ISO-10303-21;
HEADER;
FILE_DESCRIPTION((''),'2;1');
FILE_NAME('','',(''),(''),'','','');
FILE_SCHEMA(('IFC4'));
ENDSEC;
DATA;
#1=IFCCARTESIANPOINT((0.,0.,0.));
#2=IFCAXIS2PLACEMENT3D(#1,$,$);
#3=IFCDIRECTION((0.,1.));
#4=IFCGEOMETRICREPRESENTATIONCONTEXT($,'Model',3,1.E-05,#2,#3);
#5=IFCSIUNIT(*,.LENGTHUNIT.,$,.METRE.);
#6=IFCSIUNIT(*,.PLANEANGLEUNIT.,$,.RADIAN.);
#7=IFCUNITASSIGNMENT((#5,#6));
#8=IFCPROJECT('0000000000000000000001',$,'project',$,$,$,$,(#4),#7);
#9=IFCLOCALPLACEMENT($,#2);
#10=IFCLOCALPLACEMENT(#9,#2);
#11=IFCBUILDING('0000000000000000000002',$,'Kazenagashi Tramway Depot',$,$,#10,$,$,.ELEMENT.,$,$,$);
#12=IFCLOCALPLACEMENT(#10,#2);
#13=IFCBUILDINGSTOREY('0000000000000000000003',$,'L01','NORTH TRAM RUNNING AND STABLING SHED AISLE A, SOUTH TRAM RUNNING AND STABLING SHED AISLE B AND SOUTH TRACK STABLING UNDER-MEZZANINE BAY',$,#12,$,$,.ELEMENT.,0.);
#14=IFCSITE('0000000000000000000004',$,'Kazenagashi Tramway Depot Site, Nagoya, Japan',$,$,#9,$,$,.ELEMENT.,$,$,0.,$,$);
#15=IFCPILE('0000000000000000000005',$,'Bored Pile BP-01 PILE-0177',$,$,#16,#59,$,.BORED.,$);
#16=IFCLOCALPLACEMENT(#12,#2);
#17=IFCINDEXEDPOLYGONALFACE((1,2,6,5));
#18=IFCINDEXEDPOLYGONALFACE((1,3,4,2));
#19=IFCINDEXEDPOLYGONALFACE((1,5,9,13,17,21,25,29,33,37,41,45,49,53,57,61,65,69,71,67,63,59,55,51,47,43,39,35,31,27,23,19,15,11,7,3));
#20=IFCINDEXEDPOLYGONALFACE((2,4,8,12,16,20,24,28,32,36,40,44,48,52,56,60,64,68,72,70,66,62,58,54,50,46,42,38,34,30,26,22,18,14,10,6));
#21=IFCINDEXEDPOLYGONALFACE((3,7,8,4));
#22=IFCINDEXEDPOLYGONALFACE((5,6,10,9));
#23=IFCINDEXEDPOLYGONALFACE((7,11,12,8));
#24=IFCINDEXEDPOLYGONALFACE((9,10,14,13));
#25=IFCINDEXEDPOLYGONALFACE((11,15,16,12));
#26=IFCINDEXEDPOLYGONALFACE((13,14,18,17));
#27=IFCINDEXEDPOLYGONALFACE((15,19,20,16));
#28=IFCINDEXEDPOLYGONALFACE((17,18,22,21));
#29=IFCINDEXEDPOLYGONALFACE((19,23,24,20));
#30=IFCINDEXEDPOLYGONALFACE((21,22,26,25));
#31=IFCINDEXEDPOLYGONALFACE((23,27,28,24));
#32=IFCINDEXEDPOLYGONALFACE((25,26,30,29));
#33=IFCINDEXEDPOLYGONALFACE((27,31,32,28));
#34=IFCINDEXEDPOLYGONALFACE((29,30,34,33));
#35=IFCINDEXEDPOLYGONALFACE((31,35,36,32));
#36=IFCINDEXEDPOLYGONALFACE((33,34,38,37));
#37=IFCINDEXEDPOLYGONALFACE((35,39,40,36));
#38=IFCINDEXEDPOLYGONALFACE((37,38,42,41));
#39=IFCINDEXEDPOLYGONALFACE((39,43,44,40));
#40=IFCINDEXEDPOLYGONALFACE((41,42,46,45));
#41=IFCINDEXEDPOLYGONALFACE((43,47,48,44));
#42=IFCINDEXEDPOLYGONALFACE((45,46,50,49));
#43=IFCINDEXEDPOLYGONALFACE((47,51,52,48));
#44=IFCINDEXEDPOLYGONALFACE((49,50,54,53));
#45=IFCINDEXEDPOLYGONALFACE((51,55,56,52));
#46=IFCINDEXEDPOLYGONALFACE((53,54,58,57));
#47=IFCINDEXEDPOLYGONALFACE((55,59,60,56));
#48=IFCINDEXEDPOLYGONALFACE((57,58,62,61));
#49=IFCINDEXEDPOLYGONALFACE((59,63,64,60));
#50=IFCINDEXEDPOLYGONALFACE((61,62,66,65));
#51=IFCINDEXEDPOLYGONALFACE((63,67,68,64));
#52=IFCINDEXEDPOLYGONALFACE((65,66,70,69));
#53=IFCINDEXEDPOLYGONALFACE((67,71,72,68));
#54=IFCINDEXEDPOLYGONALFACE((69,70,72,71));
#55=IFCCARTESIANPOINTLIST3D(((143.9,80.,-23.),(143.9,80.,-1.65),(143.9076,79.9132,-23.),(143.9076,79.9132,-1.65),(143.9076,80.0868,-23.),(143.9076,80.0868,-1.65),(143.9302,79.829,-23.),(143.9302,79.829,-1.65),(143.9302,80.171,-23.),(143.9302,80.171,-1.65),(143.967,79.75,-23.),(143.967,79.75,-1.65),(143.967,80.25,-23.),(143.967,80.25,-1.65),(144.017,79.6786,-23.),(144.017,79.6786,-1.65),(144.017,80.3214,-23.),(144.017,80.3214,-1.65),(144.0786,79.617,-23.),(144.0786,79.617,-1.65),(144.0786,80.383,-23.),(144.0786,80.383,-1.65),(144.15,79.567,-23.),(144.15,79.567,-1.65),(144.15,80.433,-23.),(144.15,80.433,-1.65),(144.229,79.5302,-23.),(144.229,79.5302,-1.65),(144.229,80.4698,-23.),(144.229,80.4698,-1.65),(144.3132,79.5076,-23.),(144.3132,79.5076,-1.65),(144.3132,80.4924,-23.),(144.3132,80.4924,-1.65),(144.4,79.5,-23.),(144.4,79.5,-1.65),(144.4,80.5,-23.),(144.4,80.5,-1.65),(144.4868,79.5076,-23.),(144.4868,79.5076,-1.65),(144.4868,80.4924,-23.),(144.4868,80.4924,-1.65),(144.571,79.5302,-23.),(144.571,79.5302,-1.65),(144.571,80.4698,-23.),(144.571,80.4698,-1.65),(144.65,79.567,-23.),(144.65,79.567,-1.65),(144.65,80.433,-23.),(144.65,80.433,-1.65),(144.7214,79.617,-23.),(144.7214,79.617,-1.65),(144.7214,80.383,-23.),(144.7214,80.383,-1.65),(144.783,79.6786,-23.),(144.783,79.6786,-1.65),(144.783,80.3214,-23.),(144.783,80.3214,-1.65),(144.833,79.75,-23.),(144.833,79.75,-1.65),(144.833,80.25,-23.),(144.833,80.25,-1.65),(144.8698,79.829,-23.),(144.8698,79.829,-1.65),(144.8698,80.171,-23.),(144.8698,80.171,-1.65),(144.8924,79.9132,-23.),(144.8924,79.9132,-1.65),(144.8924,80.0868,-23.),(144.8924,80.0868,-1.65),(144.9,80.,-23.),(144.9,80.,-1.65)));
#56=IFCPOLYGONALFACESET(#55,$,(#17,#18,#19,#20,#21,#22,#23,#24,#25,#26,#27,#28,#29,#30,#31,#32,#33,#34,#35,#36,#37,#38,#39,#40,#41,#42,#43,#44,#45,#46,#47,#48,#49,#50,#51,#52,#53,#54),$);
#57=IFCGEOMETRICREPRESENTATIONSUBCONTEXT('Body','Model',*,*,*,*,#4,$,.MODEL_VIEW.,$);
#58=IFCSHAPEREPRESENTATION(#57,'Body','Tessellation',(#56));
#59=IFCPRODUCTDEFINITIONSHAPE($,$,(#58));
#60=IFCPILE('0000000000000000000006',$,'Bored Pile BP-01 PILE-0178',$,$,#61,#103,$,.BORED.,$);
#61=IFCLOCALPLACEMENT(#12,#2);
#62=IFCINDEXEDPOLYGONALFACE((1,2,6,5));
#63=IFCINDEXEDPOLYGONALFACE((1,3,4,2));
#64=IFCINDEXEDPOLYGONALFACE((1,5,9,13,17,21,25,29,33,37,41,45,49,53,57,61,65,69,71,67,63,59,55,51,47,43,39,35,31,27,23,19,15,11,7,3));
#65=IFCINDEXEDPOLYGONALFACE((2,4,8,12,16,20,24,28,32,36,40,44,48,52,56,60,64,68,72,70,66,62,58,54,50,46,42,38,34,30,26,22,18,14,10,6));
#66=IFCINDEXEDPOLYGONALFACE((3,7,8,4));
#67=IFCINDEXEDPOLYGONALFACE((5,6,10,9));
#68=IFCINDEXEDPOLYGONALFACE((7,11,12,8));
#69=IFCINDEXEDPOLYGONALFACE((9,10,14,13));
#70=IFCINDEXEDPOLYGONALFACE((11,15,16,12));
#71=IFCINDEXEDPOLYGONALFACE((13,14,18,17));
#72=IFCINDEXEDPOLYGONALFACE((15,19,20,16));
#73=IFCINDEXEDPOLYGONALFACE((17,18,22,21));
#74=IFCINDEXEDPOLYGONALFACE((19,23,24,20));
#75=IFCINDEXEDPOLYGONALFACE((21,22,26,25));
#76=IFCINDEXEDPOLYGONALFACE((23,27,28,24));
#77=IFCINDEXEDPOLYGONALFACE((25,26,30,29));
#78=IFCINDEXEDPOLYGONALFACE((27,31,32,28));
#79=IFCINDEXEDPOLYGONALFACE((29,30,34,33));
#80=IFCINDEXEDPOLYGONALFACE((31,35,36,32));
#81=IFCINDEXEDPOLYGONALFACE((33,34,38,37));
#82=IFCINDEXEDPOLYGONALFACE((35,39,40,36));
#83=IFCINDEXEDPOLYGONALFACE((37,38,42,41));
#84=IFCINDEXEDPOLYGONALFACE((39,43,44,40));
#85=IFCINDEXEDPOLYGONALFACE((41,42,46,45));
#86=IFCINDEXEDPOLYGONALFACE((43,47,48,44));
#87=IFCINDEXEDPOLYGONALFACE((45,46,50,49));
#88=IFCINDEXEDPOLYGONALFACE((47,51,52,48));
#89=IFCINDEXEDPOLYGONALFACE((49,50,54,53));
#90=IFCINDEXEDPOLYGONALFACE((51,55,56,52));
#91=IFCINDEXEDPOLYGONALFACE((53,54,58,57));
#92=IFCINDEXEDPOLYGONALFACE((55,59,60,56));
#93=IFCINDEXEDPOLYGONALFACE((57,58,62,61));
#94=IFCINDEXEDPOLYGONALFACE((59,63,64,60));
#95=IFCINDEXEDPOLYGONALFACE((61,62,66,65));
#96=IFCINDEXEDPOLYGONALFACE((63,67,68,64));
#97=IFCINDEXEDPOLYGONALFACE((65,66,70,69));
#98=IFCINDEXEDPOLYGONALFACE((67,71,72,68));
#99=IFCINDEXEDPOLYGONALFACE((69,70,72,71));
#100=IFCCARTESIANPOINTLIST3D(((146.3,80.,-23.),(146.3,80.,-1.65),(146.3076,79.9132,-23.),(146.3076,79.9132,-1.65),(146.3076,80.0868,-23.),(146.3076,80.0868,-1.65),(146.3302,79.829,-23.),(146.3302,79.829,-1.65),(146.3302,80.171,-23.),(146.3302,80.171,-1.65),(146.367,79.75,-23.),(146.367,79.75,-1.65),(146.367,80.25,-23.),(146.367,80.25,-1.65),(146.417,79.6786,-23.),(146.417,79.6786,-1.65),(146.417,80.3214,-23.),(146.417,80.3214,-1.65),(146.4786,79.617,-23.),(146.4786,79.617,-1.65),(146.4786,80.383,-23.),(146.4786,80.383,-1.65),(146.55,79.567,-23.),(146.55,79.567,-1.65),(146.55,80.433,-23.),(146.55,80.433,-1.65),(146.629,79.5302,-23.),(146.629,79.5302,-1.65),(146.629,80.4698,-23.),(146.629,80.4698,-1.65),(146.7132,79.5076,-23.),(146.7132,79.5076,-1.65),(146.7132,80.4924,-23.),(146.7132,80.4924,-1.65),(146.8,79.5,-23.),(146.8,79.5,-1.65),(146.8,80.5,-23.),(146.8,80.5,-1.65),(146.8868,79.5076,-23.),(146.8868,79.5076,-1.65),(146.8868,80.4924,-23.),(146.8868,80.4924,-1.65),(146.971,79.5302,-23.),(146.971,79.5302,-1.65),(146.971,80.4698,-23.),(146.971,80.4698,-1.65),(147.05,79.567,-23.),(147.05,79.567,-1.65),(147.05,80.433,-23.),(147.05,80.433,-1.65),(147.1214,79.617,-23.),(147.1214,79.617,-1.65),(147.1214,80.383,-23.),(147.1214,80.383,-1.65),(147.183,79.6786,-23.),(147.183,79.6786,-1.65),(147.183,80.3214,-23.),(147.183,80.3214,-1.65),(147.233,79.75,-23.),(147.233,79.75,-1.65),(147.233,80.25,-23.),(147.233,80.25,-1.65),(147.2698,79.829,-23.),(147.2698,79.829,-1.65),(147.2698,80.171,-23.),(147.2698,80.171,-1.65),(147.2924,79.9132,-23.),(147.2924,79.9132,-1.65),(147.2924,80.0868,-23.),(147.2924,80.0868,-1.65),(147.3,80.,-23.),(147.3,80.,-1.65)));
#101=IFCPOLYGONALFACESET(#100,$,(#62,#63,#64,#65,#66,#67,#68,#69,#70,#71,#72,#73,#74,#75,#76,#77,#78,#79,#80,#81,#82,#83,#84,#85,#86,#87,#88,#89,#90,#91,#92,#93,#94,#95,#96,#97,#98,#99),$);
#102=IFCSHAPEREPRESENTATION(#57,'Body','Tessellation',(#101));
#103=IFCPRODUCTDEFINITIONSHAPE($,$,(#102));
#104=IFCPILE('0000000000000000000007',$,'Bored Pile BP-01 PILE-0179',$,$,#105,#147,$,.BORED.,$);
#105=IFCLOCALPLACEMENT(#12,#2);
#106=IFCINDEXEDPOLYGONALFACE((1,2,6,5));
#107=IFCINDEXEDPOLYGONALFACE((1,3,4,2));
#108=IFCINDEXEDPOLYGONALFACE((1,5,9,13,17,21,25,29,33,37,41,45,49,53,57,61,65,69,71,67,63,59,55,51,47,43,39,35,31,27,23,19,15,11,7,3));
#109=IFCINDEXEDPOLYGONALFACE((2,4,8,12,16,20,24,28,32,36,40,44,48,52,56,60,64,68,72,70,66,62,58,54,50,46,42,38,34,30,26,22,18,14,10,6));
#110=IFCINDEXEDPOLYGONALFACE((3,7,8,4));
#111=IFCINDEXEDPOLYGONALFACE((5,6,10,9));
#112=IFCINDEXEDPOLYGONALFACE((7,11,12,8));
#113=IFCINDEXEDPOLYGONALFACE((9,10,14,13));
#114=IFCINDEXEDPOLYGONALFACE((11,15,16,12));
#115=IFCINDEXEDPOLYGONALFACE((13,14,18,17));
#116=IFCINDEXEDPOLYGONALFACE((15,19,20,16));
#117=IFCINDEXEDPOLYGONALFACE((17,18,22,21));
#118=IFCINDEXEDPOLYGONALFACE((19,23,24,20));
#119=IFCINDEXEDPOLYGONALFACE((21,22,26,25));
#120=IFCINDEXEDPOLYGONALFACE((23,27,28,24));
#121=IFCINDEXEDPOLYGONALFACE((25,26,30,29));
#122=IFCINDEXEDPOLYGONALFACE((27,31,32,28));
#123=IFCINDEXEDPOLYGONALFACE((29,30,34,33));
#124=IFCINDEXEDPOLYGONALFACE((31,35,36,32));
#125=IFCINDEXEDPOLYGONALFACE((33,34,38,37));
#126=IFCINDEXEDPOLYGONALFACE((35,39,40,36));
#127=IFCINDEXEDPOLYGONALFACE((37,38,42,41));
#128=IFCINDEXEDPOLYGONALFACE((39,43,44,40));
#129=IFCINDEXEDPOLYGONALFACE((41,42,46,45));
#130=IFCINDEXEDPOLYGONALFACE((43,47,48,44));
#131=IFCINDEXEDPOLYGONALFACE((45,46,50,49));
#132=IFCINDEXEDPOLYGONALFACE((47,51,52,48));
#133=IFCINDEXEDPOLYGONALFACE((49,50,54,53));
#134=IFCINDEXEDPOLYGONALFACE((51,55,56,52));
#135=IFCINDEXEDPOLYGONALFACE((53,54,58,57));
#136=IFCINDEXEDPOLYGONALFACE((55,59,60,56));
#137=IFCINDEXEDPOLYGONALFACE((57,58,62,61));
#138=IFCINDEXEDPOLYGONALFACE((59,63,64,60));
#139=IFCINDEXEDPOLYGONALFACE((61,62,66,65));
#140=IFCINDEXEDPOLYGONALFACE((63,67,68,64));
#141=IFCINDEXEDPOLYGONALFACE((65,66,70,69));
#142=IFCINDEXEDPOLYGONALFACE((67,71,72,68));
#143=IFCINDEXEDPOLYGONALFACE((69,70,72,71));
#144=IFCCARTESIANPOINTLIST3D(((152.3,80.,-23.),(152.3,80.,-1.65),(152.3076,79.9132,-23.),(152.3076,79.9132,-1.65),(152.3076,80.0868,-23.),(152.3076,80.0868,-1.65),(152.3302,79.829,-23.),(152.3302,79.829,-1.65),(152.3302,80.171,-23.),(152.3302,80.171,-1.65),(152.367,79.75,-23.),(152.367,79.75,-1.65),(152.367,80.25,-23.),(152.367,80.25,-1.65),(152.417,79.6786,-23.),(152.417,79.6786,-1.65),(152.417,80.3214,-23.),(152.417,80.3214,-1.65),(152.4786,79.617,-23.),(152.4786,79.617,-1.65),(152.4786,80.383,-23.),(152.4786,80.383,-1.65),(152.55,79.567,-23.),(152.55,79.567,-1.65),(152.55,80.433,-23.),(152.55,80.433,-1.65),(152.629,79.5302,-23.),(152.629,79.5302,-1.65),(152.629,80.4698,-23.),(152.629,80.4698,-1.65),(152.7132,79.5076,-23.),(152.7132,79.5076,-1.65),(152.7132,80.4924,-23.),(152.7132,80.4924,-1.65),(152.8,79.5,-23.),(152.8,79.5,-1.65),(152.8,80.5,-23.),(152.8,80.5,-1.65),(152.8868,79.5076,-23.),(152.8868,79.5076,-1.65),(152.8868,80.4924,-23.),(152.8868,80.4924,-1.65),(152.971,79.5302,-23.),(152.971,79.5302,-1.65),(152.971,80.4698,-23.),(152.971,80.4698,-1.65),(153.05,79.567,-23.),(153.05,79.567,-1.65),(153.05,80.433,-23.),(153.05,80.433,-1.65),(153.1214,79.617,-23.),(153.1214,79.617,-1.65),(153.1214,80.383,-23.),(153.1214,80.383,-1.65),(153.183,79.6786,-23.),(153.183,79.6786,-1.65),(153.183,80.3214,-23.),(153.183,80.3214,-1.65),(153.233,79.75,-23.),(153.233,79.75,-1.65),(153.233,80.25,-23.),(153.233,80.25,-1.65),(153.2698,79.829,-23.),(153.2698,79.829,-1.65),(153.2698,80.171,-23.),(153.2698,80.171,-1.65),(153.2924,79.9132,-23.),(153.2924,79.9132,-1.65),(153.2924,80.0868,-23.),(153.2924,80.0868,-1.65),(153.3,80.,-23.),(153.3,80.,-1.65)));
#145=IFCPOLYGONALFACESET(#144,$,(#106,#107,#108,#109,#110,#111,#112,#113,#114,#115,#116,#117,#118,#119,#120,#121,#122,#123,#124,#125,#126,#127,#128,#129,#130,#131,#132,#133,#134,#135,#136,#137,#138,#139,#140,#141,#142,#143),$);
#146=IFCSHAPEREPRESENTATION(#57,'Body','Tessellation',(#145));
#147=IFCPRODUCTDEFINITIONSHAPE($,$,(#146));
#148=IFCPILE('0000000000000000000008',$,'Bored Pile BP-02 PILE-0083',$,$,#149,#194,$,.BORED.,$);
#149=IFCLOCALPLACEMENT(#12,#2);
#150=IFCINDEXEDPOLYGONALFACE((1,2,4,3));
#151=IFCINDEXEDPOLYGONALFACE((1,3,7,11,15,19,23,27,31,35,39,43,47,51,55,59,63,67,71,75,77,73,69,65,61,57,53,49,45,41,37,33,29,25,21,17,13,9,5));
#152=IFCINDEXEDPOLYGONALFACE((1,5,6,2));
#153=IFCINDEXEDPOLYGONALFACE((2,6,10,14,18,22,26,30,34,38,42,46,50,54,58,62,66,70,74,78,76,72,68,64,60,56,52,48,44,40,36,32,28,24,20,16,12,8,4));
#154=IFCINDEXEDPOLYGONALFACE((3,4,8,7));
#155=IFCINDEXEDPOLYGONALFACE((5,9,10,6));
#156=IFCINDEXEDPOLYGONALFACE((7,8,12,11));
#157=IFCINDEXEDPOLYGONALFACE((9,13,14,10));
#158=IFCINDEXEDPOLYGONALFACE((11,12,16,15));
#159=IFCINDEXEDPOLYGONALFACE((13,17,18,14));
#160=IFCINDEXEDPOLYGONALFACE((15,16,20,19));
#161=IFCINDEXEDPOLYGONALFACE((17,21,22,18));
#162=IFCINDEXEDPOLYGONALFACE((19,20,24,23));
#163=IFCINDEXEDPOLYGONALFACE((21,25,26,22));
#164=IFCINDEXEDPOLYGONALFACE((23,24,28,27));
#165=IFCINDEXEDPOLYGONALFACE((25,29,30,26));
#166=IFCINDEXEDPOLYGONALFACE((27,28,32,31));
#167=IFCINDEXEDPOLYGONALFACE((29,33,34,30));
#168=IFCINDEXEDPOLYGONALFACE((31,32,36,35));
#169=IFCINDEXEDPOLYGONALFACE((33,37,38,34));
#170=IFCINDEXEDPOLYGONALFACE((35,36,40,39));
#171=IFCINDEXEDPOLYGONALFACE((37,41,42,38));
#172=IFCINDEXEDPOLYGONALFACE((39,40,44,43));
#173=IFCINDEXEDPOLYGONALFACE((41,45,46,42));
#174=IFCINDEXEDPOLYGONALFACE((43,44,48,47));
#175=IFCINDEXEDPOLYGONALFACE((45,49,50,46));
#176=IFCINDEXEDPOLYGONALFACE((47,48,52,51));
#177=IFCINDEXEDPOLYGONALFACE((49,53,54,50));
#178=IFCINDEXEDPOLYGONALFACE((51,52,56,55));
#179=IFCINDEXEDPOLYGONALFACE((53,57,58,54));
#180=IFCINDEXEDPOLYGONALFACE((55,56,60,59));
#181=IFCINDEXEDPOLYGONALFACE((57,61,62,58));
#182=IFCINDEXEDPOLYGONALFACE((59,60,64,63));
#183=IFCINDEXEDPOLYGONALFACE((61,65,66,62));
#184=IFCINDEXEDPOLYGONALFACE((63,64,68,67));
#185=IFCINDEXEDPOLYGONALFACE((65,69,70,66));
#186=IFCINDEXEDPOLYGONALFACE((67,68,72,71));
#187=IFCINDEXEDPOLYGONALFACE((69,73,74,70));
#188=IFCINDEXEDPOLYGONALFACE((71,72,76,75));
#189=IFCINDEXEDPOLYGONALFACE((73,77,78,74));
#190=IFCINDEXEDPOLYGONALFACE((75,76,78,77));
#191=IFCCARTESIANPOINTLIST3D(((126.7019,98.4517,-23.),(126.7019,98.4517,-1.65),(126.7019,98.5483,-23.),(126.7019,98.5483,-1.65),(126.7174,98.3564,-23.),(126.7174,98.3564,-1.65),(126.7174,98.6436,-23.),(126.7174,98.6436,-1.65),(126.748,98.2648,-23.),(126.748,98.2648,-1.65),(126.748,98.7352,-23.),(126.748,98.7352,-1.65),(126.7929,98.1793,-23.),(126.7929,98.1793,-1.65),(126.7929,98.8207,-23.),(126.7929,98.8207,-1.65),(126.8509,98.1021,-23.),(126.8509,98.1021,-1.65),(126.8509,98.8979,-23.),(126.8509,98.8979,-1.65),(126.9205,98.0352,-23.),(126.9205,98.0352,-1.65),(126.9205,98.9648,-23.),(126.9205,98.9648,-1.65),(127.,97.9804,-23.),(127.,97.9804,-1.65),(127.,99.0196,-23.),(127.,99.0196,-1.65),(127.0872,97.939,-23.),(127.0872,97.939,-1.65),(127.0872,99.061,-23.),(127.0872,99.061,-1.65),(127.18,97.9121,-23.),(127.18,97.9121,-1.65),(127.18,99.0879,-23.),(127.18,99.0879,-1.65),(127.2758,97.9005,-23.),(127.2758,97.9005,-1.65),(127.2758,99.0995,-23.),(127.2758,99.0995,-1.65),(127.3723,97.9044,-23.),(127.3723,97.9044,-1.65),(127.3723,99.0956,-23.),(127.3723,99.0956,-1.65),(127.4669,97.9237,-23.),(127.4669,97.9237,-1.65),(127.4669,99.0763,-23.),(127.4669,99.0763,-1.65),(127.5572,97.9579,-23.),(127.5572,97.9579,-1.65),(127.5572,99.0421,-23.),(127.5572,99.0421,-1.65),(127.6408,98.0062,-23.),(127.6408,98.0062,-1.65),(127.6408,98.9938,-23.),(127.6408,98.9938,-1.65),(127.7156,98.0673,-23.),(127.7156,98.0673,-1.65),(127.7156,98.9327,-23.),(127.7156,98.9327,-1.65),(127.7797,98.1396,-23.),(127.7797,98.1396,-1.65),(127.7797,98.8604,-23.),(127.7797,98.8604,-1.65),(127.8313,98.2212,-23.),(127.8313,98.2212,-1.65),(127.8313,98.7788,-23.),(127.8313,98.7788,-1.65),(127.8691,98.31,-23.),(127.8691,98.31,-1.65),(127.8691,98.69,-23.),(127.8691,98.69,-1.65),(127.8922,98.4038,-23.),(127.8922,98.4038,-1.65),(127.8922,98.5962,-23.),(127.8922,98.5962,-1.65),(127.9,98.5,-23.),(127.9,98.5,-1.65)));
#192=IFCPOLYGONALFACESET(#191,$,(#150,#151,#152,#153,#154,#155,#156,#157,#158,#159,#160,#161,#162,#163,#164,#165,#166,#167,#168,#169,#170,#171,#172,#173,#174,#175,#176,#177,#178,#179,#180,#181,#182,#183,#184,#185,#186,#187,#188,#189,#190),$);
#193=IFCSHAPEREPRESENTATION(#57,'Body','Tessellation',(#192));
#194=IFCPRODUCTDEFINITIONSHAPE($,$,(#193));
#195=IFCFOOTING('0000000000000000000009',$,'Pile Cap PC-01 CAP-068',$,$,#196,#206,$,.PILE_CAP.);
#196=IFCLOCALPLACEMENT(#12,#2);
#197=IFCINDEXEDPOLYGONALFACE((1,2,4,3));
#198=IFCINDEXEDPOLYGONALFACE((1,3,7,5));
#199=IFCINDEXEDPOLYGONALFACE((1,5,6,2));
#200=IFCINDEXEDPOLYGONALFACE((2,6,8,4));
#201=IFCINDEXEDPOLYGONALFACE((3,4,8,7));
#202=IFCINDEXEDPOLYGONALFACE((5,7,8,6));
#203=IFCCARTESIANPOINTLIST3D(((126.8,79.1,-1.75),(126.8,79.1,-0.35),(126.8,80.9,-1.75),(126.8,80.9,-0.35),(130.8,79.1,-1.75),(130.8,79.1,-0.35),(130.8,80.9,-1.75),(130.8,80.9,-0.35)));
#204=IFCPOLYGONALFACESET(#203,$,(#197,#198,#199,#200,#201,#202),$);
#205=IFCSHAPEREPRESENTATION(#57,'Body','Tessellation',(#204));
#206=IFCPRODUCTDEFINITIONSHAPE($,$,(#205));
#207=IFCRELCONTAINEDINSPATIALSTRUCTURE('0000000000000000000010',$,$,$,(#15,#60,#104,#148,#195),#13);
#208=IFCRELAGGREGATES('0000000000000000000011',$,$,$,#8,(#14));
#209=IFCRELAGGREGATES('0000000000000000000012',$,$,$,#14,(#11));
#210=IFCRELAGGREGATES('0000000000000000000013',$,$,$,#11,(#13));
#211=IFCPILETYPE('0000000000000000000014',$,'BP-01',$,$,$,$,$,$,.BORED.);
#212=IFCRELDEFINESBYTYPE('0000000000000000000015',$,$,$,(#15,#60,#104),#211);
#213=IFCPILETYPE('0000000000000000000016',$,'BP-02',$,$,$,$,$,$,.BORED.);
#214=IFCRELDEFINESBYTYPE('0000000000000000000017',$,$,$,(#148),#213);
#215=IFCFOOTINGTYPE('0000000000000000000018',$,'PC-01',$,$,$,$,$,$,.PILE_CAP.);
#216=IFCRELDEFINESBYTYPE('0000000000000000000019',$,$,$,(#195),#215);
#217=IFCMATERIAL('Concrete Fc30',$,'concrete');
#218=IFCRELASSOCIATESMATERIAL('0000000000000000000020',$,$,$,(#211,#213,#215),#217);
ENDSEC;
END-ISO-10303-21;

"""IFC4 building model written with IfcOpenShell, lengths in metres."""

from ifc_helpers import new_model, si_unit, direction, frame, origin, origin_2d, place, context, subcontext, project, spatial, rectangle, circle, extrude, material, material_profile, profile_set, type_object, element, save


model = new_model("IFC4")

# Units and contexts
model_context = context("Model", 3, precision=1e-05, world=origin(), true_north=direction((0.0, 1.0)))
body_context = subcontext(model_context, "Body", "Model", "MODEL_VIEW")
ifc_project = project(units=[si_unit("LENGTHUNIT", "METRE"), si_unit("PLANEANGLEUNIT", "RADIAN")], contexts=[model_context])

# Site, building, storey
site_placement = place(None, origin())
site = spatial("IfcSite", under=ifc_project, at=site_placement, Name="Kazenagashi Tramway Depot Site, Nagoya, Japan", CompositionType="ELEMENT", RefElevation=0.0)
building_placement = place(site_placement, origin())
building = spatial("IfcBuilding", under=site, at=building_placement, Name="Kazenagashi Tramway Depot", CompositionType="ELEMENT")
storey_placement = place(building_placement, origin())
storey = spatial("IfcBuildingStorey", under=building, at=storey_placement, Name="L01", Description="NORTH TRAM RUNNING AND STABLING SHED AISLE A, SOUTH TRAM RUNNING AND STABLING SHED AISLE B AND SOUTH TRACK STABLING UNDER-MEZZANINE BAY", CompositionType="ELEMENT", Elevation=0.0)

# Piles
ifc_material_1 = material(Name="Concrete Fc30", Category="concrete")
ifc_material_profile_1 = material_profile(ifc_material_1, circle(Radius=0.5, at=origin_2d()), Name="PILE-1000")
ifc_profile_set_1 = profile_set([ifc_material_profile_1], Name="Concrete Fc30")
pile_type_1 = type_object("IfcPileType", Name="BP-01", PredefinedType="BORED", material=ifc_profile_set_1)
for number, where, z_axis, x_axis, name in (
    (1, (144.4, 80.0, -1.65), (0.0, 0.0, -1.0), (1.0, 0.0, 0.0), "Bored Pile BP-01 PILE-0177"),
    (2, (146.8, 80.0, -1.65), (0.0, 0.0, -1.0), (1.0, 0.0, 0.0), "Bored Pile BP-01 PILE-0178"),
    (3, (152.8, 80.0, -1.65), (0.0, 0.0, -1.0), (1.0, 0.0, 0.0), "Bored Pile BP-01 PILE-0179"),
):
    element("IfcPile", number, at=place(storey_placement, frame(where, z_axis=z_axis, x_axis=x_axis)), inside=storey, type_object=pile_type_1, Name=name, PredefinedType="BORED", context=body_context, shape_type="SweptSolid", body=[
        extrude(circle(Radius=0.5, at=origin_2d()), origin(), (0.0, 0.0, 1.0), 21.35),
    ])
ifc_material_profile_2 = material_profile(ifc_material_1, circle(Radius=0.6, at=origin_2d()), Name="PILE-1200")
ifc_profile_set_2 = profile_set([ifc_material_profile_2], Name="Concrete Fc30")
pile_type_2 = type_object("IfcPileType", Name="BP-02", PredefinedType="BORED", material=ifc_profile_set_2)
pile_placement = place(storey_placement, frame((127.3, 98.5, -1.65), z_axis=(0.0, 0.0, -1.0), x_axis=(1.0, 0.0, 0.0)))
element("IfcPile", 4, at=pile_placement, inside=storey, type_object=pile_type_2, Name="Bored Pile BP-02 PILE-0083", PredefinedType="BORED", context=body_context, shape_type="SweptSolid", body=[
    extrude(circle(Radius=0.6, at=origin_2d()), origin(), (0.0, 0.0, 1.0), 21.35),
])

# Footing
footing_type_1 = type_object("IfcFootingType", Name="PC-01", PredefinedType="PILE_CAP", material=ifc_material_1)
for number, where, z_axis, x_axis, name in (
    (5, (128.8, 80.0, -1.75), (0.0, 0.0, 1.0), (1.0, 0.0, 0.0), "Pile Cap PC-01 CAP-068"),
):
    element("IfcFooting", number, at=place(storey_placement, frame(where, z_axis=z_axis, x_axis=x_axis)), inside=storey, type_object=footing_type_1, Name=name, PredefinedType="PILE_CAP", context=body_context, shape_type="SweptSolid", body=[
        extrude(rectangle(XDim=4.0, YDim=1.8, at=origin_2d()), origin(), (0.0, 0.0, 1.0), 1.4),
    ])

save(model, "model.ifc")
